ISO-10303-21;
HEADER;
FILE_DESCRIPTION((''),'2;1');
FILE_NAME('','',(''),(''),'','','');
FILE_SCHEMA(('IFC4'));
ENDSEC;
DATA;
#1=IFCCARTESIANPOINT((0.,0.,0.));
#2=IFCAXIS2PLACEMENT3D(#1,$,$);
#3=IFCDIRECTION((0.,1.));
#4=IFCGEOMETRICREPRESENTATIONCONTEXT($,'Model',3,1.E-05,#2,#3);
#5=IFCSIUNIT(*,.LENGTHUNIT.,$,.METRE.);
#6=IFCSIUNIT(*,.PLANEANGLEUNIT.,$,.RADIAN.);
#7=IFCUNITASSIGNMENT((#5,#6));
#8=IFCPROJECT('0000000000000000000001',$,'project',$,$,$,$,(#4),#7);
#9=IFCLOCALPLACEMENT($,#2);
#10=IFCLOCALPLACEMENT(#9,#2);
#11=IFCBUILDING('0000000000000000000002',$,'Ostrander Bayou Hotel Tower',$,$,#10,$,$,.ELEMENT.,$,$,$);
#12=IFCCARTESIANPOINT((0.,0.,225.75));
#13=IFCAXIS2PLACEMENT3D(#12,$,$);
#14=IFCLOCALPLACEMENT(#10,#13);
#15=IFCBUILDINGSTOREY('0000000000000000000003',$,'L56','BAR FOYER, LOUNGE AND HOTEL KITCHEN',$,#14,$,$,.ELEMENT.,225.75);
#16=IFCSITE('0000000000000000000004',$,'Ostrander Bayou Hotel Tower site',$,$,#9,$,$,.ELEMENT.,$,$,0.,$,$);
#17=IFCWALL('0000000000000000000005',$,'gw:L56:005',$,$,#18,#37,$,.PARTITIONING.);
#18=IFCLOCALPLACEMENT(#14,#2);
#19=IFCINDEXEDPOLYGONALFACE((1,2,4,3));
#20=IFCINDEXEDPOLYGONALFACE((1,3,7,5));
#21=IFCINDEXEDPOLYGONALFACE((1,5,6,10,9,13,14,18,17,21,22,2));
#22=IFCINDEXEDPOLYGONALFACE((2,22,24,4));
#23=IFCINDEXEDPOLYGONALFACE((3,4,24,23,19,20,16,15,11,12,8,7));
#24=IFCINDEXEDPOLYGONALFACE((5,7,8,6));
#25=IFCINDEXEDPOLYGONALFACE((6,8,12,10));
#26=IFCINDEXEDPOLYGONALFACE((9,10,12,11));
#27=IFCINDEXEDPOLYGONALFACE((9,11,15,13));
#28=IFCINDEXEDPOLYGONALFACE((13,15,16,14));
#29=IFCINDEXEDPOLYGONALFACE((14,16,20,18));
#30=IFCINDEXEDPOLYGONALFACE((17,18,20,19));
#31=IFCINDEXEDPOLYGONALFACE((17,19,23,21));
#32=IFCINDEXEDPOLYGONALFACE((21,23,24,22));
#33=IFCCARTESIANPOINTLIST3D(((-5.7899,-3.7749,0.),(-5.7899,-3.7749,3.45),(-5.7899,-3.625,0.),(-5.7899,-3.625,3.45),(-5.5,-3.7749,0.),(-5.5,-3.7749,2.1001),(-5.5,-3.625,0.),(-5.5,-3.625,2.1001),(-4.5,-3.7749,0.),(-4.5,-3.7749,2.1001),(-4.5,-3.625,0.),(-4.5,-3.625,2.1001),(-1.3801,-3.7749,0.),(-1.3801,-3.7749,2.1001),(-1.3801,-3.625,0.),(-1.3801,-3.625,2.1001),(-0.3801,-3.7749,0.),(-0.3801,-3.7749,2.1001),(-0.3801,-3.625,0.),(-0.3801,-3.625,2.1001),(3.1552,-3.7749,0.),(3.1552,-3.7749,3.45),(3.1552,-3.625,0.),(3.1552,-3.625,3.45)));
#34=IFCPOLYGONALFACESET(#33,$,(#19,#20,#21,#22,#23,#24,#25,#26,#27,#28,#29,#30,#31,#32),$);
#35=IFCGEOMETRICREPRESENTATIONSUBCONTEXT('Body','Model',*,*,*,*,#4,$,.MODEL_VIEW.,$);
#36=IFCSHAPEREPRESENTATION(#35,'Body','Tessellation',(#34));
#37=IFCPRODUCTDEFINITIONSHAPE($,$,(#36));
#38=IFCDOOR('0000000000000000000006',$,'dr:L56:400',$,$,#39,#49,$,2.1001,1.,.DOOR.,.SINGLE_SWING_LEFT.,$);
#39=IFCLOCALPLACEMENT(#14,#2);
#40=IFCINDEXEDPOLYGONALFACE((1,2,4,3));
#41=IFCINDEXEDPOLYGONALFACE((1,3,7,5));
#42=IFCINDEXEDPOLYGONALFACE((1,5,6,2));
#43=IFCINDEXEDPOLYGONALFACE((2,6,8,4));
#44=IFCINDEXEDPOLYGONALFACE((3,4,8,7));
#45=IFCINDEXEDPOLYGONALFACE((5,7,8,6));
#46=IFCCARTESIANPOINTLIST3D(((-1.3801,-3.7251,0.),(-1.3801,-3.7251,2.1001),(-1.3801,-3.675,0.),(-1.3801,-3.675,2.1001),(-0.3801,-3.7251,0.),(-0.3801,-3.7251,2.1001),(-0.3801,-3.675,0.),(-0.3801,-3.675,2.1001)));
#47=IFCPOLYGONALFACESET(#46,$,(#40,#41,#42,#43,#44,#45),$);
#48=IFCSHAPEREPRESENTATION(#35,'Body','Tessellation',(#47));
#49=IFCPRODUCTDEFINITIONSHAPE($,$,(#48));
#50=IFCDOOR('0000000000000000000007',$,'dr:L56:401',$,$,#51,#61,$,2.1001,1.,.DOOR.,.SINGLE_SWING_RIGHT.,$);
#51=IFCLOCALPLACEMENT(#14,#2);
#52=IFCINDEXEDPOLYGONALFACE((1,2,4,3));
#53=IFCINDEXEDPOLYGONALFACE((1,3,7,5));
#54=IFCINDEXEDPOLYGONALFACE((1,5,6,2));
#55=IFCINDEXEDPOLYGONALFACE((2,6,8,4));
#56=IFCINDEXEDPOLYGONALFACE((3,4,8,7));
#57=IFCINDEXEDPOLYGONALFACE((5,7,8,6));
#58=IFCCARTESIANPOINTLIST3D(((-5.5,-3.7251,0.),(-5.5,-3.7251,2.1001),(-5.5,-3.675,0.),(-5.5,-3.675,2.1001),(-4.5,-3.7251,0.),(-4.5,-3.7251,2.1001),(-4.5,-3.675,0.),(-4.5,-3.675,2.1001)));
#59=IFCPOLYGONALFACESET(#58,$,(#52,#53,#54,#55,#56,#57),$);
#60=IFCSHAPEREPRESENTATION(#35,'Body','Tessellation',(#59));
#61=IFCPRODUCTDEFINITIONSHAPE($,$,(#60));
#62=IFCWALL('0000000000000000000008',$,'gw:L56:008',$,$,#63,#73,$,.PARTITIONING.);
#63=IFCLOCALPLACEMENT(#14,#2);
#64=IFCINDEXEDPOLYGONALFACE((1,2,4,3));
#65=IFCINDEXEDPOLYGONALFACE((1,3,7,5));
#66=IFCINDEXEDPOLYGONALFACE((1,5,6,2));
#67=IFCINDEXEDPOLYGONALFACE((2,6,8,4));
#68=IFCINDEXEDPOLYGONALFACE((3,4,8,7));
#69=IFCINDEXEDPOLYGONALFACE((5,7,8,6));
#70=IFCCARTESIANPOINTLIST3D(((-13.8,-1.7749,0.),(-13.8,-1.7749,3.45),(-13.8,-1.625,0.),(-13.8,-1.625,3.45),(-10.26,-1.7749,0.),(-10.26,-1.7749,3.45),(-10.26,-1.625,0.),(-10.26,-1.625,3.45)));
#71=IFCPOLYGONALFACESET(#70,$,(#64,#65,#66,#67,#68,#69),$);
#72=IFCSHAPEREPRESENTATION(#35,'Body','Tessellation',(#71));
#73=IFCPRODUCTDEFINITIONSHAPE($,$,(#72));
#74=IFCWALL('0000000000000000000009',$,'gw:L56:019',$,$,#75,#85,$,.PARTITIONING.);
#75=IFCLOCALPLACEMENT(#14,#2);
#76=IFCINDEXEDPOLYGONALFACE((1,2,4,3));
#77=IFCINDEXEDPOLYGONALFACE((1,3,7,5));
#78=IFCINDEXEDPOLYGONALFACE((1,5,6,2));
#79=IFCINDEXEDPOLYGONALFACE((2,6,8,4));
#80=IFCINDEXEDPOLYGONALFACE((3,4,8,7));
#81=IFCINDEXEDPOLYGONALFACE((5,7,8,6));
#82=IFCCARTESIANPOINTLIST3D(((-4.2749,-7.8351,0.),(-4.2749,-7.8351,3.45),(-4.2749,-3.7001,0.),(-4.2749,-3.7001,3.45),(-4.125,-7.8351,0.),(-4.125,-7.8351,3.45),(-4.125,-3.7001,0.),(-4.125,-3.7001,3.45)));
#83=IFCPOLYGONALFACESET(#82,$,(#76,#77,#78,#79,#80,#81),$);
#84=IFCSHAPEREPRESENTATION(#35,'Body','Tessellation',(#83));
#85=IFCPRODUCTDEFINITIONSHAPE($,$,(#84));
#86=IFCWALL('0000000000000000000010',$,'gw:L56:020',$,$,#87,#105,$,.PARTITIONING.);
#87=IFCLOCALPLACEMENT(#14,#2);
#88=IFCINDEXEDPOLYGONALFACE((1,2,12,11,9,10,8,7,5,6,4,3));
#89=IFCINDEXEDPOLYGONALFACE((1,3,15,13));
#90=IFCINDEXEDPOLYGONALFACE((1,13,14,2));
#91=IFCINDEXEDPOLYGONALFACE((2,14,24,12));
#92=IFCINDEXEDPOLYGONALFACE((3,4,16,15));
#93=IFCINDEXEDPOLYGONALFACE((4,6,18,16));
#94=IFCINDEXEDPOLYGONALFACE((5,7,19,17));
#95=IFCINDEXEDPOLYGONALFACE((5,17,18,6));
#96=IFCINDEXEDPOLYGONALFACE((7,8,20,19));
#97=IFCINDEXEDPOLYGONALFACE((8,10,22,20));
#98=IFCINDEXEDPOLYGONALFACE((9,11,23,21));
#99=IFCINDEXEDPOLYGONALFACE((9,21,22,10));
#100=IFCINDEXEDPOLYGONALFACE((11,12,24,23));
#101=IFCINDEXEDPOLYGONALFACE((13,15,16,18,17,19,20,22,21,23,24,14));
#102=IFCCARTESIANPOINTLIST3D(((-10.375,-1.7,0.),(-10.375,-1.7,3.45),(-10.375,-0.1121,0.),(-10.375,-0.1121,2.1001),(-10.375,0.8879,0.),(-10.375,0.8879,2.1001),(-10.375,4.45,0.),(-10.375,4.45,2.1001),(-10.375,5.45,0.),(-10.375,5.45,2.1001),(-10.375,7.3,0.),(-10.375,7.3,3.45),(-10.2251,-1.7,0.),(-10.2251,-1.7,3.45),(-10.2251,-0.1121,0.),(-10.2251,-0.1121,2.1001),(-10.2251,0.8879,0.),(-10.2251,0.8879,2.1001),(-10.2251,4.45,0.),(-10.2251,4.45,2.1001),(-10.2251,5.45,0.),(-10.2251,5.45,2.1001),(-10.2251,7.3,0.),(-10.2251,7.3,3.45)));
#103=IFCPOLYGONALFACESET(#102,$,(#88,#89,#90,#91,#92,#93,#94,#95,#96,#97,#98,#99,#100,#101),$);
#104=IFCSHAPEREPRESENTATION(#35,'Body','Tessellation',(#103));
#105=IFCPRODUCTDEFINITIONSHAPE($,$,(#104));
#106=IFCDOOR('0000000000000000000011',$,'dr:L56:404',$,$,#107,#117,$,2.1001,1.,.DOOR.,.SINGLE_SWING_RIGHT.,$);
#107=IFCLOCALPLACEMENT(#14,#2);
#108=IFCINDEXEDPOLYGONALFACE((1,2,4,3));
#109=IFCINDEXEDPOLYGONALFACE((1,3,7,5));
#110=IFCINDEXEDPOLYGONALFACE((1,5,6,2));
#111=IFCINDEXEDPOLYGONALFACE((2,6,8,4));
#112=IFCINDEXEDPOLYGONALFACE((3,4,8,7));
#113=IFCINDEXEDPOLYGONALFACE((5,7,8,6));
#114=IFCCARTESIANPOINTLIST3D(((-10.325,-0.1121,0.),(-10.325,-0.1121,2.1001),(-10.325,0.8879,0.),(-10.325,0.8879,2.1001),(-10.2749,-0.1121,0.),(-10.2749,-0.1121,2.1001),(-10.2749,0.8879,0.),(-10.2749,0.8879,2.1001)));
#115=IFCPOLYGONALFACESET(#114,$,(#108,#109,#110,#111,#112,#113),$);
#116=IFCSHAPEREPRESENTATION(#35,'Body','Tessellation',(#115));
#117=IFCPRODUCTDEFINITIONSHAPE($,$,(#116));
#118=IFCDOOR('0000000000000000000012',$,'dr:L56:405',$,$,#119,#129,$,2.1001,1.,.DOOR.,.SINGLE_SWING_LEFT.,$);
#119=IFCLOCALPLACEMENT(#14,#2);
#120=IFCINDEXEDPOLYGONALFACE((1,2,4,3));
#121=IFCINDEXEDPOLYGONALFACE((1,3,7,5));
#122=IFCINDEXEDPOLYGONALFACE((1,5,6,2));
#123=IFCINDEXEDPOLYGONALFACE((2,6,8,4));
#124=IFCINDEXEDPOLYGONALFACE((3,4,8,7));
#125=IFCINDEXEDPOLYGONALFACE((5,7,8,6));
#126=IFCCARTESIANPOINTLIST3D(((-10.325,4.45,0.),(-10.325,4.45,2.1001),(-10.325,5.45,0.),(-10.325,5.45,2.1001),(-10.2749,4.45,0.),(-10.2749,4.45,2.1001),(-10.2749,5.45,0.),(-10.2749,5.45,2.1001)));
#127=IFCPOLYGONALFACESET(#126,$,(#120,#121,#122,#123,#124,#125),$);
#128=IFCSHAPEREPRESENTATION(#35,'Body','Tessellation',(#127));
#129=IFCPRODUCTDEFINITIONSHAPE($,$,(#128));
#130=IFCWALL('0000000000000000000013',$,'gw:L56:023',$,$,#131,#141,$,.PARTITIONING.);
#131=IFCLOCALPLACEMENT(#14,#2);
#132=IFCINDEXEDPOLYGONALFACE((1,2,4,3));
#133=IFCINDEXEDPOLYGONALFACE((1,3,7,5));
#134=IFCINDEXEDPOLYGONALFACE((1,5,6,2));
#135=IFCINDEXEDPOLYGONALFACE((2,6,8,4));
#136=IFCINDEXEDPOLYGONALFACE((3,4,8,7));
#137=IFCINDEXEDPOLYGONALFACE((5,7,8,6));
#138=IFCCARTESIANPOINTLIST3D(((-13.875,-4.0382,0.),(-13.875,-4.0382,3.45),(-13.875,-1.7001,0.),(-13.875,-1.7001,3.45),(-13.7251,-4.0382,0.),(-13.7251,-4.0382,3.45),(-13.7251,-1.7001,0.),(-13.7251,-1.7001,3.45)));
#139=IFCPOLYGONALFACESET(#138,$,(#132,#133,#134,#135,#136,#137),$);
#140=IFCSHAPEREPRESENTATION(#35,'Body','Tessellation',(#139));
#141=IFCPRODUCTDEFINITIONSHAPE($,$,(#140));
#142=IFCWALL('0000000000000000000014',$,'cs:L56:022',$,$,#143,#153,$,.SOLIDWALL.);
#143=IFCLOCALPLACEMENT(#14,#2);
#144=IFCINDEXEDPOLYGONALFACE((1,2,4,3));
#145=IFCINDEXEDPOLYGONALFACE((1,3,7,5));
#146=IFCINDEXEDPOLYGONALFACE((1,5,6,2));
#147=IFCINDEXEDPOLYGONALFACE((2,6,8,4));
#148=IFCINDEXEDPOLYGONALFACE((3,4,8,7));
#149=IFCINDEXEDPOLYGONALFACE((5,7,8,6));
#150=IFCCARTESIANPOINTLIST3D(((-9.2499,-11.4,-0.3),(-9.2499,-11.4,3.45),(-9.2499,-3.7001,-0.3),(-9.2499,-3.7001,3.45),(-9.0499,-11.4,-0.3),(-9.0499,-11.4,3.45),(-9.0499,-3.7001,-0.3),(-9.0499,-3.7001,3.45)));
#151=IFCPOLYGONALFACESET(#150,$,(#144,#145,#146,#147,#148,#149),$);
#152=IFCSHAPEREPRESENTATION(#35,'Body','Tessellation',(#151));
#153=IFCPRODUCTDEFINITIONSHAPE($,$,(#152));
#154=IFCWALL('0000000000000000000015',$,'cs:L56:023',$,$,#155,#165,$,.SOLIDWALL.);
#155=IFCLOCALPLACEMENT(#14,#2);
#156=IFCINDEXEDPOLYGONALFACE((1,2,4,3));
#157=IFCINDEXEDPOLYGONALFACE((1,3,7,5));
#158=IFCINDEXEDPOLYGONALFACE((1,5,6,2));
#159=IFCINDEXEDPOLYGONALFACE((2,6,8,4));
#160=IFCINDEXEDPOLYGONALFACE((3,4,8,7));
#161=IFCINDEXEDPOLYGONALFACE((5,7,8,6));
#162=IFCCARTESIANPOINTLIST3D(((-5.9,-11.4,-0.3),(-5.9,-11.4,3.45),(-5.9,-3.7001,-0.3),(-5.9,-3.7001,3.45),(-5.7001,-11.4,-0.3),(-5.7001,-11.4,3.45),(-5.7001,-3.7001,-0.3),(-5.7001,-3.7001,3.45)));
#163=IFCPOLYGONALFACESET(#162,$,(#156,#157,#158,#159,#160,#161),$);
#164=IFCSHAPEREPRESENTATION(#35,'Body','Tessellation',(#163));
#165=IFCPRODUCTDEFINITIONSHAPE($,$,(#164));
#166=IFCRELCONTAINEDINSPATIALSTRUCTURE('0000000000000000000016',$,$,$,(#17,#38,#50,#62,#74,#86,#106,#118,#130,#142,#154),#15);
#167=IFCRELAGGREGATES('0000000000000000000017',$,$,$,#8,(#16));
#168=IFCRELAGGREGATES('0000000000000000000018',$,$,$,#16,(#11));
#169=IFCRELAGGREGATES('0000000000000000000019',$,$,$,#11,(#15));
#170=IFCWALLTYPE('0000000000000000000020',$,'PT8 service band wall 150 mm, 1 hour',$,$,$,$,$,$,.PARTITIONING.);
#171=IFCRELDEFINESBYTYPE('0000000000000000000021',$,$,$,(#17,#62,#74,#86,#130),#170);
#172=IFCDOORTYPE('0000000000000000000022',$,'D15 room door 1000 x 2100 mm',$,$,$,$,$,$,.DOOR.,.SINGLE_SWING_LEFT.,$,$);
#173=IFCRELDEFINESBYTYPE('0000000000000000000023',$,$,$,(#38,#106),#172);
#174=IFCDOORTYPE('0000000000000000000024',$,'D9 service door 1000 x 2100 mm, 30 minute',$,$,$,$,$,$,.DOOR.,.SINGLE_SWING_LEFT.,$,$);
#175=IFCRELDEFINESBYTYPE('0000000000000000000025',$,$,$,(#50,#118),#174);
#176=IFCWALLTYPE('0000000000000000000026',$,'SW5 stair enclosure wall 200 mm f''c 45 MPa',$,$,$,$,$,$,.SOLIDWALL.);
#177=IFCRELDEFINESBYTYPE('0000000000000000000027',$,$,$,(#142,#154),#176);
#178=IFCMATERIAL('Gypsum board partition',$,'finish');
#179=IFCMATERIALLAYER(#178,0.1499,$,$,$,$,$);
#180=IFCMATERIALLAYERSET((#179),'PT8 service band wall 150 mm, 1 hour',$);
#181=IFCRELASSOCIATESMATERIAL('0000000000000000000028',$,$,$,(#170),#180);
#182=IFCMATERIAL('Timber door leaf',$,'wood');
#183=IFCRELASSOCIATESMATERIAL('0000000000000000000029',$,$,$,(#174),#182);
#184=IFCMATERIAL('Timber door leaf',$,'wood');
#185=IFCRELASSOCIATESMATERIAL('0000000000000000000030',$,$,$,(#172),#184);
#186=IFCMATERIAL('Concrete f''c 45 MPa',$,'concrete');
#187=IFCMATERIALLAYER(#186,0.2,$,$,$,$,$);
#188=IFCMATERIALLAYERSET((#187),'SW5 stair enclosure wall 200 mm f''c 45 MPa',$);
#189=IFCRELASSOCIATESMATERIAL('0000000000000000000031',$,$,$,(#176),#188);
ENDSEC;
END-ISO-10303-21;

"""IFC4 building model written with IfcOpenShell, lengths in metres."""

from ifc_helpers import new_model, si_unit, direction, frame, frame_2d, origin, place, context, subcontext, project, spatial, rectangle, extrude, material, layer, layer_set, type_object, element, fill, save


model = new_model("IFC4")

# Units and contexts
model_context = context("Model", 3, precision=1e-05, world=origin(), true_north=direction((0.0, 1.0)))
body_context = subcontext(model_context, "Body", "Model", "MODEL_VIEW")
ifc_project = project(units=[si_unit("LENGTHUNIT", "METRE"), si_unit("PLANEANGLEUNIT", "RADIAN")], contexts=[model_context])

# Site, building, storey
site_placement = place(None, origin())
site = spatial("IfcSite", under=ifc_project, at=site_placement, Name="Ostrander Bayou Hotel Tower site", CompositionType="ELEMENT", RefElevation=0.0)
building_placement = place(site_placement, origin())
building = spatial("IfcBuilding", under=site, at=building_placement, Name="Ostrander Bayou Hotel Tower", CompositionType="ELEMENT")
storey_placement = place(building_placement, frame((0.0, 0.0, 225.75)))
storey = spatial("IfcBuildingStorey", under=building, at=storey_placement, Name="L56", Description="BAR FOYER, LOUNGE AND HOTEL KITCHEN", CompositionType="ELEMENT", Elevation=225.75)

# Shared definitions
ifc_material_1 = material(Name="Gypsum board partition", Category="finish")
ifc_layer_1 = layer(ifc_material_1, 0.1499)
ifc_layer_set_1 = layer_set([ifc_layer_1], Name="PT8 service band wall 150 mm, 1 hour")
wall_type_1 = type_object("IfcWallType", Name="PT8 service band wall 150 mm, 1 hour", PredefinedType="PARTITIONING", material=ifc_layer_set_1)

# Shared definitions
ifc_material_2 = material(Name="Timber door leaf", Category="wood")
door_type_1 = type_object("IfcDoorType", Name="D9 service door 1000 x 2100 mm, 30 minute", OperationType="SINGLE_SWING_LEFT", PredefinedType="DOOR", material=ifc_material_2)

# Wall, openings, doors
wall_1_placement = place(storey_placement, frame((-5.79, -3.7, 0.0), z_axis=(0.0, 0.0, 1.0), x_axis=(1.0, 0.0, 0.0)))
wall_1 = element("IfcWall", 1, at=wall_1_placement, inside=storey, type_object=wall_type_1, Name="gw:L56:005", PredefinedType="PARTITIONING", context=body_context, shape_type="SweptSolid", body=[
    extrude(rectangle(XDim=8.9451, YDim=0.1499, at=frame_2d((4.4727, 0.0))), origin(), (0.0, 0.0, 1.0), 3.45),
])
opening_1_placement = place(wall_1_placement, frame((4.4099, 0.0, 0.0)))
opening_1 = element("IfcOpeningElement", 2, at=opening_1_placement, cuts=wall_1, PredefinedType="OPENING", context=body_context, shape_type="SweptSolid", body=[
    extrude(rectangle(XDim=1.0, YDim=2.1001, at=frame_2d((0.5, 1.05))), frame((0.0, 0.075, 0.0), z_axis=(0.0, -1.0, 0.0), x_axis=(1.0, 0.0, 0.0)), (0.0, 0.0, 1.0), 0.1499),
])
opening_2_placement = place(wall_1_placement, frame((0.29, 0.0, 0.0)))
opening_2 = element("IfcOpeningElement", 3, at=opening_2_placement, cuts=wall_1, PredefinedType="OPENING", context=body_context, shape_type="SweptSolid", body=[
    extrude(rectangle(XDim=1.0, YDim=2.1001, at=frame_2d((0.5, 1.05))), frame((0.0, 0.075, 0.0), z_axis=(0.0, -1.0, 0.0), x_axis=(1.0, 0.0, 0.0)), (0.0, 0.0, 1.0), 0.1499),
])
ifc_material_3 = material(Name="Timber door leaf", Category="wood")
door_type_2 = type_object("IfcDoorType", Name="D15 room door 1000 x 2100 mm", OperationType="SINGLE_SWING_LEFT", PredefinedType="DOOR", material=ifc_material_3)
door_1_placement = place(opening_1_placement, origin())
door_1 = element("IfcDoor", 4, at=door_1_placement, inside=storey, type_object=door_type_2, Name="dr:L56:400", OperationType="SINGLE_SWING_LEFT", OverallHeight=2.1001, OverallWidth=1.0, PredefinedType="DOOR", context=body_context, shape_type="SweptSolid", body=[
    extrude(rectangle(XDim=1.0, YDim=2.1001, at=frame_2d((0.5, 1.05))), frame((0.0, 0.0249, 0.0), z_axis=(0.0, -1.0, 0.0), x_axis=(1.0, 0.0, 0.0)), (0.0, 0.0, 1.0), 0.05),
])
fill(opening_1, door_1)
door_2_placement = place(opening_2_placement, origin())
door_2 = element("IfcDoor", 5, at=door_2_placement, inside=storey, type_object=door_type_1, Name="dr:L56:401", OperationType="SINGLE_SWING_RIGHT", OverallHeight=2.1001, OverallWidth=1.0, PredefinedType="DOOR", context=body_context, shape_type="SweptSolid", body=[
    extrude(rectangle(XDim=1.0, YDim=2.1001, at=frame_2d((0.5, 1.05))), frame((0.0, 0.0249, 0.0), z_axis=(0.0, -1.0, 0.0), x_axis=(1.0, 0.0, 0.0)), (0.0, 0.0, 1.0), 0.05),
])
fill(opening_2, door_2)

# Walls
wall_2_placement = place(storey_placement, frame((-13.8, -1.7, 0.0), z_axis=(0.0, 0.0, 1.0), x_axis=(1.0, 0.0, 0.0)))
element("IfcWall", 6, at=wall_2_placement, inside=storey, type_object=wall_type_1, Name="gw:L56:008", PredefinedType="PARTITIONING", context=body_context, shape_type="SweptSolid", body=[
    extrude(rectangle(XDim=3.54, YDim=0.1499, at=frame_2d((1.77, 0.0))), origin(), (0.0, 0.0, 1.0), 3.45),
])
wall_3_placement = place(storey_placement, frame((-4.2, -7.835, 0.0), z_axis=(0.0, 0.0, 1.0), x_axis=(0.0, 1.0, 0.0)))
element("IfcWall", 7, at=wall_3_placement, inside=storey, type_object=wall_type_1, Name="gw:L56:019", PredefinedType="PARTITIONING", context=body_context, shape_type="SweptSolid", body=[
    extrude(rectangle(XDim=4.135, YDim=0.1499, at=frame_2d((2.0674, 0.0))), origin(), (0.0, 0.0, 1.0), 3.45),
])

# Wall, openings, doors
wall_4_placement = place(storey_placement, frame((-10.3, -1.7, 0.0), z_axis=(0.0, 0.0, 1.0), x_axis=(0.0, 1.0, 0.0)))
wall_4 = element("IfcWall", 8, at=wall_4_placement, inside=storey, type_object=wall_type_1, Name="gw:L56:020", PredefinedType="PARTITIONING", context=body_context, shape_type="SweptSolid", body=[
    extrude(rectangle(XDim=9.0, YDim=0.1499, at=frame_2d((4.5, 0.0))), origin(), (0.0, 0.0, 1.0), 3.45),
])
opening_3_placement = place(wall_4_placement, frame((1.5879, 0.0, 0.0)))
opening_3 = element("IfcOpeningElement", 9, at=opening_3_placement, cuts=wall_4, PredefinedType="OPENING", context=body_context, shape_type="SweptSolid", body=[
    extrude(rectangle(XDim=1.0, YDim=2.1001, at=frame_2d((0.5, 1.05))), frame((0.0, 0.075, 0.0), z_axis=(0.0, -1.0, 0.0), x_axis=(1.0, 0.0, 0.0)), (0.0, 0.0, 1.0), 0.1499),
])
opening_4_placement = place(wall_4_placement, frame((6.1499, 0.0, 0.0)))
opening_4 = element("IfcOpeningElement", 10, at=opening_4_placement, cuts=wall_4, PredefinedType="OPENING", context=body_context, shape_type="SweptSolid", body=[
    extrude(rectangle(XDim=1.0, YDim=2.1001, at=frame_2d((0.5, 1.05))), frame((0.0, 0.075, 0.0), z_axis=(0.0, -1.0, 0.0), x_axis=(1.0, 0.0, 0.0)), (0.0, 0.0, 1.0), 0.1499),
])
door_3_placement = place(opening_3_placement, origin())
door_3 = element("IfcDoor", 11, at=door_3_placement, inside=storey, type_object=door_type_2, Name="dr:L56:404", OperationType="SINGLE_SWING_RIGHT", OverallHeight=2.1001, OverallWidth=1.0, PredefinedType="DOOR", context=body_context, shape_type="SweptSolid", body=[
    extrude(rectangle(XDim=1.0, YDim=2.1001, at=frame_2d((0.5, 1.05))), frame((0.0, 0.0249, 0.0), z_axis=(0.0, -1.0, 0.0), x_axis=(1.0, 0.0, 0.0)), (0.0, 0.0, 1.0), 0.05),
])
fill(opening_3, door_3)
door_4_placement = place(opening_4_placement, origin())
door_4 = element("IfcDoor", 12, at=door_4_placement, inside=storey, type_object=door_type_1, Name="dr:L56:405", OperationType="SINGLE_SWING_LEFT", OverallHeight=2.1001, OverallWidth=1.0, PredefinedType="DOOR", context=body_context, shape_type="SweptSolid", body=[
    extrude(rectangle(XDim=1.0, YDim=2.1001, at=frame_2d((0.5, 1.05))), frame((0.0, 0.0249, 0.0), z_axis=(0.0, -1.0, 0.0), x_axis=(1.0, 0.0, 0.0)), (0.0, 0.0, 1.0), 0.05),
])
fill(opening_4, door_4)

# Wall
wall_5_placement = place(storey_placement, frame((-13.8, -4.0381, 0.0), z_axis=(0.0, 0.0, 1.0), x_axis=(0.0, 1.0, 0.0)))
element("IfcWall", 13, at=wall_5_placement, inside=storey, type_object=wall_type_1, Name="gw:L56:023", PredefinedType="PARTITIONING", context=body_context, shape_type="SweptSolid", body=[
    extrude(rectangle(XDim=2.3381, YDim=0.1499, at=frame_2d((1.1689, 0.0))), origin(), (0.0, 0.0, 1.0), 3.45),
])

# Shared definitions
ifc_material_4 = material(Name="Concrete f'c 45 MPa", Category="concrete")
ifc_layer_2 = layer(ifc_material_4, 0.2)
ifc_layer_set_2 = layer_set([ifc_layer_2], Name="SW5 stair enclosure wall 200 mm f'c 45 MPa")
wall_type_2 = type_object("IfcWallType", Name="SW5 stair enclosure wall 200 mm f'c 45 MPa", PredefinedType="SOLIDWALL", material=ifc_layer_set_2)

# Walls
for number, where, z_axis, x_axis, name in (
    (14, (-9.1499, -3.7, -0.3), (0.0, 0.0, 1.0), (0.0, -1.0, 0.0), "cs:L56:022"),
    (15, (-5.8, -3.7, -0.3), (0.0, 0.0, 1.0), (0.0, -1.0, 0.0), "cs:L56:023"),
):
    element("IfcWall", number, at=place(storey_placement, frame(where, z_axis=z_axis, x_axis=x_axis)), inside=storey, type_object=wall_type_2, Name=name, PredefinedType="SOLIDWALL", context=body_context, shape_type="SweptSolid", body=[
        extrude(rectangle(XDim=7.7, YDim=0.2, at=frame_2d((3.8501, 0.0))), origin(), (0.0, 0.0, 1.0), 3.75),
    ])

save(model, "model.ifc")
